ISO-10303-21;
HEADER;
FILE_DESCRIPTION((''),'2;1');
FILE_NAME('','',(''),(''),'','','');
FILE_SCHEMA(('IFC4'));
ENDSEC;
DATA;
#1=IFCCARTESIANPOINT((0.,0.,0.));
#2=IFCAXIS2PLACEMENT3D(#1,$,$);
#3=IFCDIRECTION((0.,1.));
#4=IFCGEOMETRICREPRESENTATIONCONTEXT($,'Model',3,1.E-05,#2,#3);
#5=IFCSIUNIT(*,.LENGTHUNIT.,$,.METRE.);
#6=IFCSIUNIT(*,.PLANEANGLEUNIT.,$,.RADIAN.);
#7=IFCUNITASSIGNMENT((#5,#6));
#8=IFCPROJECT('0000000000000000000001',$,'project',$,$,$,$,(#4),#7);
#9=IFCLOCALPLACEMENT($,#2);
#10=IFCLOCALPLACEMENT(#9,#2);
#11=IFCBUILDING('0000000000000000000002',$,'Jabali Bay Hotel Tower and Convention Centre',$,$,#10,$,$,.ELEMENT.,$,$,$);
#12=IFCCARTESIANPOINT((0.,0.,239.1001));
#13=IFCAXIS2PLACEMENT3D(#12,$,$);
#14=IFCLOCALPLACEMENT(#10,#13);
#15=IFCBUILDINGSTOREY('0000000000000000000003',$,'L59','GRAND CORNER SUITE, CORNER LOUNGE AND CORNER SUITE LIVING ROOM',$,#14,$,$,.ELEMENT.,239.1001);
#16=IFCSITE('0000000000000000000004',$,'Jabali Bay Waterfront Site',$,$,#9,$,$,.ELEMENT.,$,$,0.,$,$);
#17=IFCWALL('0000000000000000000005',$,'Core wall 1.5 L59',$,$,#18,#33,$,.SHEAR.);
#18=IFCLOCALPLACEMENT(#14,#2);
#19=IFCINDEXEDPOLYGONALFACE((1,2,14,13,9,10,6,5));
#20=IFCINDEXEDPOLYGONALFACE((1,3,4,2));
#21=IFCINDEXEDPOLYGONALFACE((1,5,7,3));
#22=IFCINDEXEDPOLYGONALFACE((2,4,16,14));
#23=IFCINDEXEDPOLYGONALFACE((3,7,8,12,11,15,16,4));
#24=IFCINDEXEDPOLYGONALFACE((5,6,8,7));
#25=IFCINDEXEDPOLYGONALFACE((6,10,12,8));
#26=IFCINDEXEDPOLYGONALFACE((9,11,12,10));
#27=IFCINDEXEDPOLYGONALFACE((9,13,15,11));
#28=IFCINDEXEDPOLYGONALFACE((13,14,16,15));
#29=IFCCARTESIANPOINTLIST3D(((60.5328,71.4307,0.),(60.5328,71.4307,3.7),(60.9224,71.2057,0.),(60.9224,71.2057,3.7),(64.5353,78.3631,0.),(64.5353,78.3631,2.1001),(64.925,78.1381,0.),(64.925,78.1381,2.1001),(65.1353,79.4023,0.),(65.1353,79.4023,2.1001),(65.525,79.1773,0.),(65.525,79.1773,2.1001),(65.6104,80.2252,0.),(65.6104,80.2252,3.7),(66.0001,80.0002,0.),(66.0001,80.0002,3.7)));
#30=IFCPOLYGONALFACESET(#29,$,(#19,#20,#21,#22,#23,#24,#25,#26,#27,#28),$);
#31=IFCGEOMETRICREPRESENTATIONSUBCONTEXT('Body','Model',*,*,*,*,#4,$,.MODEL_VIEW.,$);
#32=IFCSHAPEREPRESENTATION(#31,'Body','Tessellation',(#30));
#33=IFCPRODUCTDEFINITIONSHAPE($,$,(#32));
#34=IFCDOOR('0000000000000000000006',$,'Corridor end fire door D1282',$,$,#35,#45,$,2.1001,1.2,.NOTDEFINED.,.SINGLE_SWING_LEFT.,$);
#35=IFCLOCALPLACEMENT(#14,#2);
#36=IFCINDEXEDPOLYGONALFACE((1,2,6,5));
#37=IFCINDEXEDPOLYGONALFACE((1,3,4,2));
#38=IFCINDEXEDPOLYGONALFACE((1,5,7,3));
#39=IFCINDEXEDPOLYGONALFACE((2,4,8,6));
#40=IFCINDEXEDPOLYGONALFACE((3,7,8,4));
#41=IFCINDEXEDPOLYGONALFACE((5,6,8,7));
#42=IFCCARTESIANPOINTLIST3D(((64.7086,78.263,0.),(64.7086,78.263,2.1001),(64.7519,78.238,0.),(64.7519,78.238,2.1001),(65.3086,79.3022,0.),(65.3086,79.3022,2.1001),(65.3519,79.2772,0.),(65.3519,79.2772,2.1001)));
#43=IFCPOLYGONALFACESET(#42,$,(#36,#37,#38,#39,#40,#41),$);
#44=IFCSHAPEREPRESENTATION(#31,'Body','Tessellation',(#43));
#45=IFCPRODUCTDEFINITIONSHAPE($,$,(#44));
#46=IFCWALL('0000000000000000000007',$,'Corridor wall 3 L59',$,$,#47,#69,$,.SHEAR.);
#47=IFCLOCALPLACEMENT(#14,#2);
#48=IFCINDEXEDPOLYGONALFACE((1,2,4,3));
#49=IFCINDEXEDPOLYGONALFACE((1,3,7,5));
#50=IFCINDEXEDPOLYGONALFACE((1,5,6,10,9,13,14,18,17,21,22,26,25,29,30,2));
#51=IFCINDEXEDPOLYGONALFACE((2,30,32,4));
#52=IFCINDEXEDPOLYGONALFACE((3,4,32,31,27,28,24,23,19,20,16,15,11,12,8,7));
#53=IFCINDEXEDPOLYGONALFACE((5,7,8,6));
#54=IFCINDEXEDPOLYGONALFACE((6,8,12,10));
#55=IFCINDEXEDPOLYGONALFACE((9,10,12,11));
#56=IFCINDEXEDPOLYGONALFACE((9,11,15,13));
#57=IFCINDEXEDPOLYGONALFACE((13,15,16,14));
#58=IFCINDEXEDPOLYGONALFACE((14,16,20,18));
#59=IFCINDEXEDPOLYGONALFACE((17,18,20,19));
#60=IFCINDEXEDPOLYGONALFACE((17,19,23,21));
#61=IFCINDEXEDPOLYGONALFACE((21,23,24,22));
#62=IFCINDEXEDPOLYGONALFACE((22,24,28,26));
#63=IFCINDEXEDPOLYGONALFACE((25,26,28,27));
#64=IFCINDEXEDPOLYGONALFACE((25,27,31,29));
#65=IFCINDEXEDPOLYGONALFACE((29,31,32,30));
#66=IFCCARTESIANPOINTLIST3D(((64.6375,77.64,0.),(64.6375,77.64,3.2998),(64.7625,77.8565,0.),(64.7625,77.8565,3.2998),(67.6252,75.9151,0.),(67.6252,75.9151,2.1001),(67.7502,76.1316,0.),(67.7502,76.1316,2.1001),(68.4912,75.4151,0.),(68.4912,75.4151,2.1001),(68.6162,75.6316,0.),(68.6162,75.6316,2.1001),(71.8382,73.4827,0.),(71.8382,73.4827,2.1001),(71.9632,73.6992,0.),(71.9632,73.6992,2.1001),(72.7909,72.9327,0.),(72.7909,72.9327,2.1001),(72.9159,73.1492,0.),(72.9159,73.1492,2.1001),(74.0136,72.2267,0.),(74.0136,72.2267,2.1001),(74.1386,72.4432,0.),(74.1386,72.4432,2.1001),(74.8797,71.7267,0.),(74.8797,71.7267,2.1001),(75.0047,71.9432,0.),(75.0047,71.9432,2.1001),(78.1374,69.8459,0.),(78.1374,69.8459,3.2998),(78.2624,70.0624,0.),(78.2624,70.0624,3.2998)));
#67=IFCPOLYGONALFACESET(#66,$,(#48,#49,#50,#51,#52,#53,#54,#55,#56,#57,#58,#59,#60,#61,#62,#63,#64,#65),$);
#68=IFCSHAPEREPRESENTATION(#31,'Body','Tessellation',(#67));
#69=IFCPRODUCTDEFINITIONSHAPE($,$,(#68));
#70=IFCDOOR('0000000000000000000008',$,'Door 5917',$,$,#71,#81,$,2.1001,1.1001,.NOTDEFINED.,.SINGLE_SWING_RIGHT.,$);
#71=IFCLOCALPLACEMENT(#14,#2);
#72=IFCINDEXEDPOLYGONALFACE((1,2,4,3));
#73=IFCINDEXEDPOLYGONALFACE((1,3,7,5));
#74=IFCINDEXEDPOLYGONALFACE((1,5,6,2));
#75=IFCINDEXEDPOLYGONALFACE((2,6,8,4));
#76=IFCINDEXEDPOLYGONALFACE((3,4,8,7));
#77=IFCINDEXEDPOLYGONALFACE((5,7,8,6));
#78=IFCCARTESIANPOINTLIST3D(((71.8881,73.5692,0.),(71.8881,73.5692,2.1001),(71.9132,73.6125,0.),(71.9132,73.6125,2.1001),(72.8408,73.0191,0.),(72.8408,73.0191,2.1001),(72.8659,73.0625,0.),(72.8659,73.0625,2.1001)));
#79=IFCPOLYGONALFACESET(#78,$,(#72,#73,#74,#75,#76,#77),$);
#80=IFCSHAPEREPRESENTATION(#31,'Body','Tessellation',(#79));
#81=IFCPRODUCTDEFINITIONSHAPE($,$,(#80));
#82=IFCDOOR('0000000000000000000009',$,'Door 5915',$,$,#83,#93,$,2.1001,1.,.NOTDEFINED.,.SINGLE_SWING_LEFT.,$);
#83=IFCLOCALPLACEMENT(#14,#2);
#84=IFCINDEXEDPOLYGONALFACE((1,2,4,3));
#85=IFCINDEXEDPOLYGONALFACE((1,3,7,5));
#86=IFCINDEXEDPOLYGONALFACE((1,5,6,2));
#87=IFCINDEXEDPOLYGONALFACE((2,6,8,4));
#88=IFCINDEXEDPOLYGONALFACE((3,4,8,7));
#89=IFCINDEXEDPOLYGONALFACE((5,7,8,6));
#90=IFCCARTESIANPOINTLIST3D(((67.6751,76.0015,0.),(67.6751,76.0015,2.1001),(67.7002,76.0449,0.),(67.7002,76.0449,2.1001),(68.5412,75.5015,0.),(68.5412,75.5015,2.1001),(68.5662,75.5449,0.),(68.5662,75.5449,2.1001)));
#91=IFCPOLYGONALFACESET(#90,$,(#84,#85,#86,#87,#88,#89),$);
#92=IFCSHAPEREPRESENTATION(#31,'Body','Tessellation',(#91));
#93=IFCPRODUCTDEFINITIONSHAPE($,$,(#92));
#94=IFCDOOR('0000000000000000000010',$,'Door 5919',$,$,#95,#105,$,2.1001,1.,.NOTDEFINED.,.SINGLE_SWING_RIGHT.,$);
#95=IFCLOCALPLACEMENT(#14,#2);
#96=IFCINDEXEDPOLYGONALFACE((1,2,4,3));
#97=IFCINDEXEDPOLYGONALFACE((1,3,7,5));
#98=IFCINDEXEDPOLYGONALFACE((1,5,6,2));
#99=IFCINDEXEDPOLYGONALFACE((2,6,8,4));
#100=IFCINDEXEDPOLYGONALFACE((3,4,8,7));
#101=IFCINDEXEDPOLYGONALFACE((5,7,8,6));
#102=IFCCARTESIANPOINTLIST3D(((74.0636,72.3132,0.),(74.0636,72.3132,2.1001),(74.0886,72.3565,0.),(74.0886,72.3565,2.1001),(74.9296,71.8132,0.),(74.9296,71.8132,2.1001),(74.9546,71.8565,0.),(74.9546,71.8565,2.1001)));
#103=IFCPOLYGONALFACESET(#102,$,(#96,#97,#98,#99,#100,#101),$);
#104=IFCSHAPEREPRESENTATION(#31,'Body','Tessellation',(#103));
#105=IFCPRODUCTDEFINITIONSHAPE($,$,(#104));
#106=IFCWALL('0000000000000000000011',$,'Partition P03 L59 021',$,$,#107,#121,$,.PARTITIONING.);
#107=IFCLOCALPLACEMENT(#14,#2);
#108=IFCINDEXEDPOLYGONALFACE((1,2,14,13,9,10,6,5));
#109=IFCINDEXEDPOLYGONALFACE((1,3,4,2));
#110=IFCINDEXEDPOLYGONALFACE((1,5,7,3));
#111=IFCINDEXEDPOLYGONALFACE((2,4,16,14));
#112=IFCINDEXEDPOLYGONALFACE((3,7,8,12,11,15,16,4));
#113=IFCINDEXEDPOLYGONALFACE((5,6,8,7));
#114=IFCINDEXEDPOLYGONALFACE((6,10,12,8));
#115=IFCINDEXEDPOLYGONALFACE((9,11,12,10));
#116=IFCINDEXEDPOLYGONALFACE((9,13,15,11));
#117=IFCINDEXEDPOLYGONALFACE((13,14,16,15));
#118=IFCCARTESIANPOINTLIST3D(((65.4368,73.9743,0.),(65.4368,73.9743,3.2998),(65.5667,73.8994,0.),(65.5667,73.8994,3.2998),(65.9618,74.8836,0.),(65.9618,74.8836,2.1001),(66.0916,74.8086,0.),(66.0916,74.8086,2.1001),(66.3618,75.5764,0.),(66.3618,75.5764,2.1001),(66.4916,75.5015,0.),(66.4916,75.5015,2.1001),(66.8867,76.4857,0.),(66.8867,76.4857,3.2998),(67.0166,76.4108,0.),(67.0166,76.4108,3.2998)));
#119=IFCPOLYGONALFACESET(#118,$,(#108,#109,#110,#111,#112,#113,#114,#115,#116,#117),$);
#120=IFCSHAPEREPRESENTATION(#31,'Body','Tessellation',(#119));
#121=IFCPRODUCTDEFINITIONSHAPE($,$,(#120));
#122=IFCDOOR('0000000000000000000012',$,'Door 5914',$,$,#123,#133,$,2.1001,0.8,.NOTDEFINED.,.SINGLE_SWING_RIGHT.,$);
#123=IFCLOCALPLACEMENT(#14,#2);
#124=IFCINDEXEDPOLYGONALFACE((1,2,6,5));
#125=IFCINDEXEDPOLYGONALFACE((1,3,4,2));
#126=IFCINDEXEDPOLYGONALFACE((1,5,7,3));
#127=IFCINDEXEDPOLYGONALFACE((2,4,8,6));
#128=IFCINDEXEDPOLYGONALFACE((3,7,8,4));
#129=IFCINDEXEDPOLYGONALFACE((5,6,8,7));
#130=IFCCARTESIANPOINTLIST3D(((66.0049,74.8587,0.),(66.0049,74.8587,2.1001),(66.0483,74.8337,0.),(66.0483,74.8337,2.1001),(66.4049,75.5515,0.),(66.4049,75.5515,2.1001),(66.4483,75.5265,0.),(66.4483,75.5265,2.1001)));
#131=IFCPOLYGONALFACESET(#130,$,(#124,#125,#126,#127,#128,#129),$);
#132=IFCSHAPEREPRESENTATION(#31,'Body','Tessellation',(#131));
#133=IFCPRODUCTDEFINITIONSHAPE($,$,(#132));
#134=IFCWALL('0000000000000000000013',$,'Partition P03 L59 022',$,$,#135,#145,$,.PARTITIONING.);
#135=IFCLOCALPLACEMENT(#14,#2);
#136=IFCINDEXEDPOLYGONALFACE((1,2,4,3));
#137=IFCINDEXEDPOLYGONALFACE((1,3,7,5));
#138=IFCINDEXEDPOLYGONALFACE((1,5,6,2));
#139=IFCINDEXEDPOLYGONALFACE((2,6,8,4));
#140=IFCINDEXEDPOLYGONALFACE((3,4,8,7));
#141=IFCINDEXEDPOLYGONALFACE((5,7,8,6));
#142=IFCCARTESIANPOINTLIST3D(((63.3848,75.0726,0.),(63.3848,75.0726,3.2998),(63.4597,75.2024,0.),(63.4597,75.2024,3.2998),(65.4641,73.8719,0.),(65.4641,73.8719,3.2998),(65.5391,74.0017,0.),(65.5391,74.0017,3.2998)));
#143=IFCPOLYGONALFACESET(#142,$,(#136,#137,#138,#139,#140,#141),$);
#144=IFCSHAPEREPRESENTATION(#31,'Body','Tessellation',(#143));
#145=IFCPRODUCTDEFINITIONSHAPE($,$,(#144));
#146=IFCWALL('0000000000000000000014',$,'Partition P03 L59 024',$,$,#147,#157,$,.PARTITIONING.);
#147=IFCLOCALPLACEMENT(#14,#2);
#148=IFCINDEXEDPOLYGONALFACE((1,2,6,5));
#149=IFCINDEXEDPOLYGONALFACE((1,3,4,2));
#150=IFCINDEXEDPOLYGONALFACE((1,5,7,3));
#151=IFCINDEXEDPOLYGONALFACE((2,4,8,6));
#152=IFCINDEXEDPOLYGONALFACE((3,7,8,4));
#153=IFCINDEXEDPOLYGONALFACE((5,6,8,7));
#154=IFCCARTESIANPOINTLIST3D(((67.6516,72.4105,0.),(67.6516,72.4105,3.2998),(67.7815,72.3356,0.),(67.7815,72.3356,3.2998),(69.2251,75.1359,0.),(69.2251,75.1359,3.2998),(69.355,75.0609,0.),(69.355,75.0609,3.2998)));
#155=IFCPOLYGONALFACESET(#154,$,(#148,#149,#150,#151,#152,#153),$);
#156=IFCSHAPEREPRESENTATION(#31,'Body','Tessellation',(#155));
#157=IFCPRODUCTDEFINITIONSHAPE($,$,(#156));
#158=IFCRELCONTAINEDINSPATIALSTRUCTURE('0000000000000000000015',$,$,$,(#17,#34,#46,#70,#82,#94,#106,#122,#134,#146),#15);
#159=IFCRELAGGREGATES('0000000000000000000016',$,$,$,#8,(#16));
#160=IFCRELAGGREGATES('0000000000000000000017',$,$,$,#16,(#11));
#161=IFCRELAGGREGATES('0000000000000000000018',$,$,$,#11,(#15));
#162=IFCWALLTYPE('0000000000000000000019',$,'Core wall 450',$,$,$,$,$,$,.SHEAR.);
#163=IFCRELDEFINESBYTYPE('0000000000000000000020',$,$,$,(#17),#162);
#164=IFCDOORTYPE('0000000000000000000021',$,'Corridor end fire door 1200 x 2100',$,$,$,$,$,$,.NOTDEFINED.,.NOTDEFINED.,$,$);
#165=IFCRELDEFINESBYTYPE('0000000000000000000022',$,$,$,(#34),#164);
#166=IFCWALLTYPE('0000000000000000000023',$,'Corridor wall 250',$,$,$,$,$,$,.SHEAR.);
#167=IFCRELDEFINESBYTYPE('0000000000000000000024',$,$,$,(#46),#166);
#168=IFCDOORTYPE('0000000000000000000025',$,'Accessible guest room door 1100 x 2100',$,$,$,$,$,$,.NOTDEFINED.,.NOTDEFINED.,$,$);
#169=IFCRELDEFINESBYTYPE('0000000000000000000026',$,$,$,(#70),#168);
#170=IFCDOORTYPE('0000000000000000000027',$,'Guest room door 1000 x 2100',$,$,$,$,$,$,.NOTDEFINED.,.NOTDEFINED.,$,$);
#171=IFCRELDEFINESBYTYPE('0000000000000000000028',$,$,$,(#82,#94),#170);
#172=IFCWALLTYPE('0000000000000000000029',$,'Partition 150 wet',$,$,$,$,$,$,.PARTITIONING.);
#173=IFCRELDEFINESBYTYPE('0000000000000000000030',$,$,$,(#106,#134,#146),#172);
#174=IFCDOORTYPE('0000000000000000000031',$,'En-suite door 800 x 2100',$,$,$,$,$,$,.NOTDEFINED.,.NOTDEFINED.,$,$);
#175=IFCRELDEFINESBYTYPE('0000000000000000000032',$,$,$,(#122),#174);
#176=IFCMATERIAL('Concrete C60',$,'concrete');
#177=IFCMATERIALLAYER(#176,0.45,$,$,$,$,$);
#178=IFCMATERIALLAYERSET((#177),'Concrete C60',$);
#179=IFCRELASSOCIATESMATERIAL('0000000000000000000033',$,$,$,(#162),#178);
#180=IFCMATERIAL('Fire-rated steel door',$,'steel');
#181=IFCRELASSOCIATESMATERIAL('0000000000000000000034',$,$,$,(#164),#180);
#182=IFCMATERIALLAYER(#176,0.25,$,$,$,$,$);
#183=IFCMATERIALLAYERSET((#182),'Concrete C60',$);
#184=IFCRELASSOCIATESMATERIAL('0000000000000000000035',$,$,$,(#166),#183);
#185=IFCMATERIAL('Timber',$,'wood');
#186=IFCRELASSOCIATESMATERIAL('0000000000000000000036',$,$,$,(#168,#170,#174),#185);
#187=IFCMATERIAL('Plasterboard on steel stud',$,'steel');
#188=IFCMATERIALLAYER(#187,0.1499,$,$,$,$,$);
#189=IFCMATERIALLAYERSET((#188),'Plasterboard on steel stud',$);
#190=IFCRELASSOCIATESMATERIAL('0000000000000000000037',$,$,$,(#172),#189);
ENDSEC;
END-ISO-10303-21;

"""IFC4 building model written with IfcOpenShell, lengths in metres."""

from ifc_helpers import new_model, si_unit, direction, frame, frame_2d, origin, place, context, subcontext, project, spatial, rectangle, extrude, material, layer, layer_set, type_object, element, fill, save


model = new_model("IFC4")

# Units and contexts
model_context = context("Model", 3, precision=1e-05, world=origin(), true_north=direction((0.0, 1.0)))
body_context = subcontext(model_context, "Body", "Model", "MODEL_VIEW")
ifc_project = project(units=[si_unit("LENGTHUNIT", "METRE"), si_unit("PLANEANGLEUNIT", "RADIAN")], contexts=[model_context])

# Site, building, storey
site_placement = place(None, origin())
site = spatial("IfcSite", under=ifc_project, at=site_placement, Name="Jabali Bay Waterfront Site", CompositionType="ELEMENT", RefElevation=0.0)
building_placement = place(site_placement, origin())
building = spatial("IfcBuilding", under=site, at=building_placement, Name="Jabali Bay Hotel Tower and Convention Centre", CompositionType="ELEMENT")
storey_placement = place(building_placement, frame((0.0, 0.0, 239.1001)))
storey = spatial("IfcBuildingStorey", under=building, at=storey_placement, Name="L59", Description="GRAND CORNER SUITE, CORNER LOUNGE AND CORNER SUITE LIVING ROOM", CompositionType="ELEMENT", Elevation=239.1001)

# Shared definitions
ifc_material_1 = material(Name="Concrete C60", Category="concrete")

# Shared definitions
ifc_material_2 = material(Name="Fire-rated steel door", Category="steel")

# Wall, opening, door
ifc_layer_1 = layer(ifc_material_1, 0.45)
ifc_layer_set_1 = layer_set([ifc_layer_1], Name="Concrete C60")
wall_type_1 = type_object("IfcWallType", Name="Core wall 450", PredefinedType="SHEAR", material=ifc_layer_set_1)
wall_1_placement = place(storey_placement, frame((60.7275, 71.3181, 0.0), z_axis=(0.0, 0.0, 1.0), x_axis=(0.500012, 0.866018, 0.0)))
wall_1 = element("IfcWall", 1, at=wall_1_placement, inside=storey, type_object=wall_type_1, Name="Core wall 1.5 L59", PredefinedType="SHEAR", context=body_context, shape_type="SweptSolid", body=[
    extrude(rectangle(XDim=10.155, YDim=0.45, at=frame_2d((5.0776, 0.0))), origin(), (0.0, 0.0, 1.0), 3.7),
])
opening_1_placement = place(wall_1_placement, frame((8.0049, 0.0, 0.0)))
opening_1 = element("IfcOpeningElement", 2, at=opening_1_placement, cuts=wall_1, PredefinedType="OPENING", context=body_context, shape_type="SweptSolid", body=[
    extrude(rectangle(XDim=1.2, YDim=2.1001, at=frame_2d((0.6001, 1.05))), frame((0.0, 0.2354, 0.0), z_axis=(0.0, -1.0, 0.0), x_axis=(1.0, 0.0, 0.0)), (0.0, 0.0, 1.0), 0.4709),
])
door_type_1 = type_object("IfcDoorType", Name="Corridor end fire door 1200 x 2100", OperationType="NOTDEFINED", PredefinedType="NOTDEFINED", material=ifc_material_2)
door_1_placement = place(opening_1_placement, origin())
door_1 = element("IfcDoor", 3, at=door_1_placement, inside=storey, type_object=door_type_1, Name="Corridor end fire door D1282", OperationType="SINGLE_SWING_LEFT", OverallHeight=2.1001, OverallWidth=1.2, PredefinedType="NOTDEFINED", context=body_context, shape_type="SweptSolid", body=[
    extrude(rectangle(XDim=1.2, YDim=2.1001, at=frame_2d((0.6001, 1.05))), frame((0.0, 0.0249, 0.0), z_axis=(0.0, -1.0, 0.0), x_axis=(1.0, 0.0, 0.0)), (0.0, 0.0, 1.0), 0.05),
])
fill(opening_1, door_1)

# Wall, openings, doors
ifc_layer_2 = layer(ifc_material_1, 0.25)
ifc_layer_set_2 = layer_set([ifc_layer_2], Name="Concrete C60")
wall_type_2 = type_object("IfcWallType", Name="Corridor wall 250", PredefinedType="SHEAR", material=ifc_layer_set_2)
wall_2_placement = place(storey_placement, frame((64.7, 77.7483, 0.0), z_axis=(0.0, 0.0, 1.0), x_axis=(0.866026, -0.499998, 0.0)))
wall_2 = element("IfcWall", 4, at=wall_2_placement, inside=storey, type_object=wall_type_2, Name="Corridor wall 3 L59", PredefinedType="SHEAR", context=body_context, shape_type="SweptSolid", body=[
    extrude(rectangle(XDim=15.5884, YDim=0.25, at=frame_2d((7.7942, 0.0))), origin(), (0.0, 0.0, 1.0), 3.2998),
])
opening_2_placement = place(wall_2_placement, frame((3.45, 0.0, 0.0)))
opening_2 = element("IfcOpeningElement", 5, at=opening_2_placement, cuts=wall_2, PredefinedType="OPENING", context=body_context, shape_type="SweptSolid", body=[
    extrude(rectangle(XDim=1.0, YDim=2.1001, at=frame_2d((0.5, 1.05))), frame((0.0, 0.1355, 0.0), z_axis=(0.0, -1.0, 0.0), x_axis=(1.0, 0.0, 0.0)), (0.0, 0.0, 1.0), 0.271),
])
opening_3_placement = place(wall_2_placement, frame((8.3147, 0.0, 0.0)))
opening_3 = element("IfcOpeningElement", 6, at=opening_3_placement, cuts=wall_2, PredefinedType="OPENING", context=body_context, shape_type="SweptSolid", body=[
    extrude(rectangle(XDim=1.1001, YDim=2.1001, at=frame_2d((0.55, 1.05))), frame((0.0, 0.1355, 0.0), z_axis=(0.0, -1.0, 0.0), x_axis=(1.0, 0.0, 0.0)), (0.0, 0.0, 1.0), 0.271),
])
opening_4_placement = place(wall_2_placement, frame((10.8267, 0.0, 0.0)))
opening_4 = element("IfcOpeningElement", 7, at=opening_4_placement, cuts=wall_2, PredefinedType="OPENING", context=body_context, shape_type="SweptSolid", body=[
    extrude(rectangle(XDim=1.0, YDim=2.1001, at=frame_2d((0.5, 1.05))), frame((0.0, 0.1355, 0.0), z_axis=(0.0, -1.0, 0.0), x_axis=(1.0, 0.0, 0.0)), (0.0, 0.0, 1.0), 0.271),
])
ifc_material_3 = material(Name="Timber", Category="wood")
door_type_2 = type_object("IfcDoorType", Name="Accessible guest room door 1100 x 2100", OperationType="NOTDEFINED", PredefinedType="NOTDEFINED", material=ifc_material_3)
door_2_placement = place(opening_3_placement, origin())
door_2 = element("IfcDoor", 8, at=door_2_placement, inside=storey, type_object=door_type_2, Name="Door 5917", OperationType="SINGLE_SWING_RIGHT", OverallHeight=2.1001, OverallWidth=1.1001, PredefinedType="NOTDEFINED", context=body_context, shape_type="SweptSolid", body=[
    extrude(rectangle(XDim=1.1001, YDim=2.1001, at=frame_2d((0.55, 1.05))), frame((0.0, 0.0249, 0.0), z_axis=(0.0, -1.0, 0.0), x_axis=(1.0, 0.0, 0.0)), (0.0, 0.0, 1.0), 0.05),
])
fill(opening_3, door_2)
door_type_3 = type_object("IfcDoorType", Name="Guest room door 1000 x 2100", OperationType="NOTDEFINED", PredefinedType="NOTDEFINED", material=ifc_material_3)
door_3_placement = place(opening_2_placement, origin())
door_3 = element("IfcDoor", 9, at=door_3_placement, inside=storey, type_object=door_type_3, Name="Door 5915", OperationType="SINGLE_SWING_LEFT", OverallHeight=2.1001, OverallWidth=1.0, PredefinedType="NOTDEFINED", context=body_context, shape_type="SweptSolid", body=[
    extrude(rectangle(XDim=1.0, YDim=2.1001, at=frame_2d((0.5, 1.05))), frame((0.0, 0.0249, 0.0), z_axis=(0.0, -1.0, 0.0), x_axis=(1.0, 0.0, 0.0)), (0.0, 0.0, 1.0), 0.05),
])
fill(opening_2, door_3)
door_4_placement = place(opening_4_placement, origin())
door_4 = element("IfcDoor", 10, at=door_4_placement, inside=storey, type_object=door_type_3, Name="Door 5919", OperationType="SINGLE_SWING_RIGHT", OverallHeight=2.1001, OverallWidth=1.0, PredefinedType="NOTDEFINED", context=body_context, shape_type="SweptSolid", body=[
    extrude(rectangle(XDim=1.0, YDim=2.1001, at=frame_2d((0.5, 1.05))), frame((0.0, 0.0249, 0.0), z_axis=(0.0, -1.0, 0.0), x_axis=(1.0, 0.0, 0.0)), (0.0, 0.0, 1.0), 0.05),
])
fill(opening_4, door_4)

# Wall, opening, door
ifc_material_4 = material(Name="Plasterboard on steel stud", Category="steel")
ifc_layer_3 = layer(ifc_material_4, 0.1499)
ifc_layer_set_3 = layer_set([ifc_layer_3], Name="Plasterboard on steel stud")
wall_type_3 = type_object("IfcWallType", Name="Partition 150 wet", PredefinedType="PARTITIONING", material=ifc_layer_set_3)
wall_3_placement = place(storey_placement, frame((66.9517, 76.4482, 0.0), z_axis=(0.0, 0.0, 1.0), x_axis=(-0.499987, -0.866033, 0.0)))
wall_3 = element("IfcWall", 11, at=wall_3_placement, inside=storey, type_object=wall_type_3, Name="Partition P03 L59 021", PredefinedType="PARTITIONING", context=body_context, shape_type="SweptSolid", body=[
    extrude(rectangle(XDim=2.8999, YDim=0.1499, at=frame_2d((1.45, 0.0))), origin(), (0.0, 0.0, 1.0), 3.2998),
])
opening_5_placement = place(wall_3_placement, frame((1.05, 0.0, 0.0)))
opening_5 = element("IfcOpeningElement", 12, at=opening_5_placement, cuts=wall_3, PredefinedType="OPENING", context=body_context, shape_type="SweptSolid", body=[
    extrude(rectangle(XDim=0.8, YDim=2.1001, at=frame_2d((0.3999, 1.05))), frame((0.0, 0.0854, 0.0), z_axis=(0.0, -1.0, 0.0), x_axis=(1.0, 0.0, 0.0)), (0.0, 0.0, 1.0), 0.1709),
])
door_type_4 = type_object("IfcDoorType", Name="En-suite door 800 x 2100", OperationType="NOTDEFINED", PredefinedType="NOTDEFINED", material=ifc_material_3)
door_5_placement = place(opening_5_placement, origin())
door_5 = element("IfcDoor", 13, at=door_5_placement, inside=storey, type_object=door_type_4, Name="Door 5914", OperationType="SINGLE_SWING_RIGHT", OverallHeight=2.1001, OverallWidth=0.8, PredefinedType="NOTDEFINED", context=body_context, shape_type="SweptSolid", body=[
    extrude(rectangle(XDim=0.8, YDim=2.1001, at=frame_2d((0.3999, 1.05))), frame((0.0, 0.0249, 0.0), z_axis=(0.0, -1.0, 0.0), x_axis=(1.0, 0.0, 0.0)), (0.0, 0.0, 1.0), 0.05),
])
fill(opening_5, door_5)

# Walls
wall_4_placement = place(storey_placement, frame((65.5017, 73.9368, 0.0), z_axis=(0.0, 0.0, 1.0), x_axis=(-0.865994, 0.500054, 0.0)))
element("IfcWall", 14, at=wall_4_placement, inside=storey, type_object=wall_type_3, Name="Partition P03 L59 022", PredefinedType="PARTITIONING", context=body_context, shape_type="SweptSolid", body=[
    extrude(rectangle(XDim=2.4011, YDim=0.1499, at=frame_2d((1.2007, 0.0))), origin(), (0.0, 0.0, 1.0), 3.2998),
])
wall_5_placement = place(storey_placement, frame((67.7166, 72.373, 0.0), z_axis=(0.0, 0.0, 1.0), x_axis=(0.500002, 0.866024, 0.0)))
element("IfcWall", 15, at=wall_5_placement, inside=storey, type_object=wall_type_3, Name="Partition P03 L59 024", PredefinedType="PARTITIONING", context=body_context, shape_type="SweptSolid", body=[
    extrude(rectangle(XDim=3.147, YDim=0.1499, at=frame_2d((1.5735, 0.0))), origin(), (0.0, 0.0, 1.0), 3.2998),
])

save(model, "model.ifc")
